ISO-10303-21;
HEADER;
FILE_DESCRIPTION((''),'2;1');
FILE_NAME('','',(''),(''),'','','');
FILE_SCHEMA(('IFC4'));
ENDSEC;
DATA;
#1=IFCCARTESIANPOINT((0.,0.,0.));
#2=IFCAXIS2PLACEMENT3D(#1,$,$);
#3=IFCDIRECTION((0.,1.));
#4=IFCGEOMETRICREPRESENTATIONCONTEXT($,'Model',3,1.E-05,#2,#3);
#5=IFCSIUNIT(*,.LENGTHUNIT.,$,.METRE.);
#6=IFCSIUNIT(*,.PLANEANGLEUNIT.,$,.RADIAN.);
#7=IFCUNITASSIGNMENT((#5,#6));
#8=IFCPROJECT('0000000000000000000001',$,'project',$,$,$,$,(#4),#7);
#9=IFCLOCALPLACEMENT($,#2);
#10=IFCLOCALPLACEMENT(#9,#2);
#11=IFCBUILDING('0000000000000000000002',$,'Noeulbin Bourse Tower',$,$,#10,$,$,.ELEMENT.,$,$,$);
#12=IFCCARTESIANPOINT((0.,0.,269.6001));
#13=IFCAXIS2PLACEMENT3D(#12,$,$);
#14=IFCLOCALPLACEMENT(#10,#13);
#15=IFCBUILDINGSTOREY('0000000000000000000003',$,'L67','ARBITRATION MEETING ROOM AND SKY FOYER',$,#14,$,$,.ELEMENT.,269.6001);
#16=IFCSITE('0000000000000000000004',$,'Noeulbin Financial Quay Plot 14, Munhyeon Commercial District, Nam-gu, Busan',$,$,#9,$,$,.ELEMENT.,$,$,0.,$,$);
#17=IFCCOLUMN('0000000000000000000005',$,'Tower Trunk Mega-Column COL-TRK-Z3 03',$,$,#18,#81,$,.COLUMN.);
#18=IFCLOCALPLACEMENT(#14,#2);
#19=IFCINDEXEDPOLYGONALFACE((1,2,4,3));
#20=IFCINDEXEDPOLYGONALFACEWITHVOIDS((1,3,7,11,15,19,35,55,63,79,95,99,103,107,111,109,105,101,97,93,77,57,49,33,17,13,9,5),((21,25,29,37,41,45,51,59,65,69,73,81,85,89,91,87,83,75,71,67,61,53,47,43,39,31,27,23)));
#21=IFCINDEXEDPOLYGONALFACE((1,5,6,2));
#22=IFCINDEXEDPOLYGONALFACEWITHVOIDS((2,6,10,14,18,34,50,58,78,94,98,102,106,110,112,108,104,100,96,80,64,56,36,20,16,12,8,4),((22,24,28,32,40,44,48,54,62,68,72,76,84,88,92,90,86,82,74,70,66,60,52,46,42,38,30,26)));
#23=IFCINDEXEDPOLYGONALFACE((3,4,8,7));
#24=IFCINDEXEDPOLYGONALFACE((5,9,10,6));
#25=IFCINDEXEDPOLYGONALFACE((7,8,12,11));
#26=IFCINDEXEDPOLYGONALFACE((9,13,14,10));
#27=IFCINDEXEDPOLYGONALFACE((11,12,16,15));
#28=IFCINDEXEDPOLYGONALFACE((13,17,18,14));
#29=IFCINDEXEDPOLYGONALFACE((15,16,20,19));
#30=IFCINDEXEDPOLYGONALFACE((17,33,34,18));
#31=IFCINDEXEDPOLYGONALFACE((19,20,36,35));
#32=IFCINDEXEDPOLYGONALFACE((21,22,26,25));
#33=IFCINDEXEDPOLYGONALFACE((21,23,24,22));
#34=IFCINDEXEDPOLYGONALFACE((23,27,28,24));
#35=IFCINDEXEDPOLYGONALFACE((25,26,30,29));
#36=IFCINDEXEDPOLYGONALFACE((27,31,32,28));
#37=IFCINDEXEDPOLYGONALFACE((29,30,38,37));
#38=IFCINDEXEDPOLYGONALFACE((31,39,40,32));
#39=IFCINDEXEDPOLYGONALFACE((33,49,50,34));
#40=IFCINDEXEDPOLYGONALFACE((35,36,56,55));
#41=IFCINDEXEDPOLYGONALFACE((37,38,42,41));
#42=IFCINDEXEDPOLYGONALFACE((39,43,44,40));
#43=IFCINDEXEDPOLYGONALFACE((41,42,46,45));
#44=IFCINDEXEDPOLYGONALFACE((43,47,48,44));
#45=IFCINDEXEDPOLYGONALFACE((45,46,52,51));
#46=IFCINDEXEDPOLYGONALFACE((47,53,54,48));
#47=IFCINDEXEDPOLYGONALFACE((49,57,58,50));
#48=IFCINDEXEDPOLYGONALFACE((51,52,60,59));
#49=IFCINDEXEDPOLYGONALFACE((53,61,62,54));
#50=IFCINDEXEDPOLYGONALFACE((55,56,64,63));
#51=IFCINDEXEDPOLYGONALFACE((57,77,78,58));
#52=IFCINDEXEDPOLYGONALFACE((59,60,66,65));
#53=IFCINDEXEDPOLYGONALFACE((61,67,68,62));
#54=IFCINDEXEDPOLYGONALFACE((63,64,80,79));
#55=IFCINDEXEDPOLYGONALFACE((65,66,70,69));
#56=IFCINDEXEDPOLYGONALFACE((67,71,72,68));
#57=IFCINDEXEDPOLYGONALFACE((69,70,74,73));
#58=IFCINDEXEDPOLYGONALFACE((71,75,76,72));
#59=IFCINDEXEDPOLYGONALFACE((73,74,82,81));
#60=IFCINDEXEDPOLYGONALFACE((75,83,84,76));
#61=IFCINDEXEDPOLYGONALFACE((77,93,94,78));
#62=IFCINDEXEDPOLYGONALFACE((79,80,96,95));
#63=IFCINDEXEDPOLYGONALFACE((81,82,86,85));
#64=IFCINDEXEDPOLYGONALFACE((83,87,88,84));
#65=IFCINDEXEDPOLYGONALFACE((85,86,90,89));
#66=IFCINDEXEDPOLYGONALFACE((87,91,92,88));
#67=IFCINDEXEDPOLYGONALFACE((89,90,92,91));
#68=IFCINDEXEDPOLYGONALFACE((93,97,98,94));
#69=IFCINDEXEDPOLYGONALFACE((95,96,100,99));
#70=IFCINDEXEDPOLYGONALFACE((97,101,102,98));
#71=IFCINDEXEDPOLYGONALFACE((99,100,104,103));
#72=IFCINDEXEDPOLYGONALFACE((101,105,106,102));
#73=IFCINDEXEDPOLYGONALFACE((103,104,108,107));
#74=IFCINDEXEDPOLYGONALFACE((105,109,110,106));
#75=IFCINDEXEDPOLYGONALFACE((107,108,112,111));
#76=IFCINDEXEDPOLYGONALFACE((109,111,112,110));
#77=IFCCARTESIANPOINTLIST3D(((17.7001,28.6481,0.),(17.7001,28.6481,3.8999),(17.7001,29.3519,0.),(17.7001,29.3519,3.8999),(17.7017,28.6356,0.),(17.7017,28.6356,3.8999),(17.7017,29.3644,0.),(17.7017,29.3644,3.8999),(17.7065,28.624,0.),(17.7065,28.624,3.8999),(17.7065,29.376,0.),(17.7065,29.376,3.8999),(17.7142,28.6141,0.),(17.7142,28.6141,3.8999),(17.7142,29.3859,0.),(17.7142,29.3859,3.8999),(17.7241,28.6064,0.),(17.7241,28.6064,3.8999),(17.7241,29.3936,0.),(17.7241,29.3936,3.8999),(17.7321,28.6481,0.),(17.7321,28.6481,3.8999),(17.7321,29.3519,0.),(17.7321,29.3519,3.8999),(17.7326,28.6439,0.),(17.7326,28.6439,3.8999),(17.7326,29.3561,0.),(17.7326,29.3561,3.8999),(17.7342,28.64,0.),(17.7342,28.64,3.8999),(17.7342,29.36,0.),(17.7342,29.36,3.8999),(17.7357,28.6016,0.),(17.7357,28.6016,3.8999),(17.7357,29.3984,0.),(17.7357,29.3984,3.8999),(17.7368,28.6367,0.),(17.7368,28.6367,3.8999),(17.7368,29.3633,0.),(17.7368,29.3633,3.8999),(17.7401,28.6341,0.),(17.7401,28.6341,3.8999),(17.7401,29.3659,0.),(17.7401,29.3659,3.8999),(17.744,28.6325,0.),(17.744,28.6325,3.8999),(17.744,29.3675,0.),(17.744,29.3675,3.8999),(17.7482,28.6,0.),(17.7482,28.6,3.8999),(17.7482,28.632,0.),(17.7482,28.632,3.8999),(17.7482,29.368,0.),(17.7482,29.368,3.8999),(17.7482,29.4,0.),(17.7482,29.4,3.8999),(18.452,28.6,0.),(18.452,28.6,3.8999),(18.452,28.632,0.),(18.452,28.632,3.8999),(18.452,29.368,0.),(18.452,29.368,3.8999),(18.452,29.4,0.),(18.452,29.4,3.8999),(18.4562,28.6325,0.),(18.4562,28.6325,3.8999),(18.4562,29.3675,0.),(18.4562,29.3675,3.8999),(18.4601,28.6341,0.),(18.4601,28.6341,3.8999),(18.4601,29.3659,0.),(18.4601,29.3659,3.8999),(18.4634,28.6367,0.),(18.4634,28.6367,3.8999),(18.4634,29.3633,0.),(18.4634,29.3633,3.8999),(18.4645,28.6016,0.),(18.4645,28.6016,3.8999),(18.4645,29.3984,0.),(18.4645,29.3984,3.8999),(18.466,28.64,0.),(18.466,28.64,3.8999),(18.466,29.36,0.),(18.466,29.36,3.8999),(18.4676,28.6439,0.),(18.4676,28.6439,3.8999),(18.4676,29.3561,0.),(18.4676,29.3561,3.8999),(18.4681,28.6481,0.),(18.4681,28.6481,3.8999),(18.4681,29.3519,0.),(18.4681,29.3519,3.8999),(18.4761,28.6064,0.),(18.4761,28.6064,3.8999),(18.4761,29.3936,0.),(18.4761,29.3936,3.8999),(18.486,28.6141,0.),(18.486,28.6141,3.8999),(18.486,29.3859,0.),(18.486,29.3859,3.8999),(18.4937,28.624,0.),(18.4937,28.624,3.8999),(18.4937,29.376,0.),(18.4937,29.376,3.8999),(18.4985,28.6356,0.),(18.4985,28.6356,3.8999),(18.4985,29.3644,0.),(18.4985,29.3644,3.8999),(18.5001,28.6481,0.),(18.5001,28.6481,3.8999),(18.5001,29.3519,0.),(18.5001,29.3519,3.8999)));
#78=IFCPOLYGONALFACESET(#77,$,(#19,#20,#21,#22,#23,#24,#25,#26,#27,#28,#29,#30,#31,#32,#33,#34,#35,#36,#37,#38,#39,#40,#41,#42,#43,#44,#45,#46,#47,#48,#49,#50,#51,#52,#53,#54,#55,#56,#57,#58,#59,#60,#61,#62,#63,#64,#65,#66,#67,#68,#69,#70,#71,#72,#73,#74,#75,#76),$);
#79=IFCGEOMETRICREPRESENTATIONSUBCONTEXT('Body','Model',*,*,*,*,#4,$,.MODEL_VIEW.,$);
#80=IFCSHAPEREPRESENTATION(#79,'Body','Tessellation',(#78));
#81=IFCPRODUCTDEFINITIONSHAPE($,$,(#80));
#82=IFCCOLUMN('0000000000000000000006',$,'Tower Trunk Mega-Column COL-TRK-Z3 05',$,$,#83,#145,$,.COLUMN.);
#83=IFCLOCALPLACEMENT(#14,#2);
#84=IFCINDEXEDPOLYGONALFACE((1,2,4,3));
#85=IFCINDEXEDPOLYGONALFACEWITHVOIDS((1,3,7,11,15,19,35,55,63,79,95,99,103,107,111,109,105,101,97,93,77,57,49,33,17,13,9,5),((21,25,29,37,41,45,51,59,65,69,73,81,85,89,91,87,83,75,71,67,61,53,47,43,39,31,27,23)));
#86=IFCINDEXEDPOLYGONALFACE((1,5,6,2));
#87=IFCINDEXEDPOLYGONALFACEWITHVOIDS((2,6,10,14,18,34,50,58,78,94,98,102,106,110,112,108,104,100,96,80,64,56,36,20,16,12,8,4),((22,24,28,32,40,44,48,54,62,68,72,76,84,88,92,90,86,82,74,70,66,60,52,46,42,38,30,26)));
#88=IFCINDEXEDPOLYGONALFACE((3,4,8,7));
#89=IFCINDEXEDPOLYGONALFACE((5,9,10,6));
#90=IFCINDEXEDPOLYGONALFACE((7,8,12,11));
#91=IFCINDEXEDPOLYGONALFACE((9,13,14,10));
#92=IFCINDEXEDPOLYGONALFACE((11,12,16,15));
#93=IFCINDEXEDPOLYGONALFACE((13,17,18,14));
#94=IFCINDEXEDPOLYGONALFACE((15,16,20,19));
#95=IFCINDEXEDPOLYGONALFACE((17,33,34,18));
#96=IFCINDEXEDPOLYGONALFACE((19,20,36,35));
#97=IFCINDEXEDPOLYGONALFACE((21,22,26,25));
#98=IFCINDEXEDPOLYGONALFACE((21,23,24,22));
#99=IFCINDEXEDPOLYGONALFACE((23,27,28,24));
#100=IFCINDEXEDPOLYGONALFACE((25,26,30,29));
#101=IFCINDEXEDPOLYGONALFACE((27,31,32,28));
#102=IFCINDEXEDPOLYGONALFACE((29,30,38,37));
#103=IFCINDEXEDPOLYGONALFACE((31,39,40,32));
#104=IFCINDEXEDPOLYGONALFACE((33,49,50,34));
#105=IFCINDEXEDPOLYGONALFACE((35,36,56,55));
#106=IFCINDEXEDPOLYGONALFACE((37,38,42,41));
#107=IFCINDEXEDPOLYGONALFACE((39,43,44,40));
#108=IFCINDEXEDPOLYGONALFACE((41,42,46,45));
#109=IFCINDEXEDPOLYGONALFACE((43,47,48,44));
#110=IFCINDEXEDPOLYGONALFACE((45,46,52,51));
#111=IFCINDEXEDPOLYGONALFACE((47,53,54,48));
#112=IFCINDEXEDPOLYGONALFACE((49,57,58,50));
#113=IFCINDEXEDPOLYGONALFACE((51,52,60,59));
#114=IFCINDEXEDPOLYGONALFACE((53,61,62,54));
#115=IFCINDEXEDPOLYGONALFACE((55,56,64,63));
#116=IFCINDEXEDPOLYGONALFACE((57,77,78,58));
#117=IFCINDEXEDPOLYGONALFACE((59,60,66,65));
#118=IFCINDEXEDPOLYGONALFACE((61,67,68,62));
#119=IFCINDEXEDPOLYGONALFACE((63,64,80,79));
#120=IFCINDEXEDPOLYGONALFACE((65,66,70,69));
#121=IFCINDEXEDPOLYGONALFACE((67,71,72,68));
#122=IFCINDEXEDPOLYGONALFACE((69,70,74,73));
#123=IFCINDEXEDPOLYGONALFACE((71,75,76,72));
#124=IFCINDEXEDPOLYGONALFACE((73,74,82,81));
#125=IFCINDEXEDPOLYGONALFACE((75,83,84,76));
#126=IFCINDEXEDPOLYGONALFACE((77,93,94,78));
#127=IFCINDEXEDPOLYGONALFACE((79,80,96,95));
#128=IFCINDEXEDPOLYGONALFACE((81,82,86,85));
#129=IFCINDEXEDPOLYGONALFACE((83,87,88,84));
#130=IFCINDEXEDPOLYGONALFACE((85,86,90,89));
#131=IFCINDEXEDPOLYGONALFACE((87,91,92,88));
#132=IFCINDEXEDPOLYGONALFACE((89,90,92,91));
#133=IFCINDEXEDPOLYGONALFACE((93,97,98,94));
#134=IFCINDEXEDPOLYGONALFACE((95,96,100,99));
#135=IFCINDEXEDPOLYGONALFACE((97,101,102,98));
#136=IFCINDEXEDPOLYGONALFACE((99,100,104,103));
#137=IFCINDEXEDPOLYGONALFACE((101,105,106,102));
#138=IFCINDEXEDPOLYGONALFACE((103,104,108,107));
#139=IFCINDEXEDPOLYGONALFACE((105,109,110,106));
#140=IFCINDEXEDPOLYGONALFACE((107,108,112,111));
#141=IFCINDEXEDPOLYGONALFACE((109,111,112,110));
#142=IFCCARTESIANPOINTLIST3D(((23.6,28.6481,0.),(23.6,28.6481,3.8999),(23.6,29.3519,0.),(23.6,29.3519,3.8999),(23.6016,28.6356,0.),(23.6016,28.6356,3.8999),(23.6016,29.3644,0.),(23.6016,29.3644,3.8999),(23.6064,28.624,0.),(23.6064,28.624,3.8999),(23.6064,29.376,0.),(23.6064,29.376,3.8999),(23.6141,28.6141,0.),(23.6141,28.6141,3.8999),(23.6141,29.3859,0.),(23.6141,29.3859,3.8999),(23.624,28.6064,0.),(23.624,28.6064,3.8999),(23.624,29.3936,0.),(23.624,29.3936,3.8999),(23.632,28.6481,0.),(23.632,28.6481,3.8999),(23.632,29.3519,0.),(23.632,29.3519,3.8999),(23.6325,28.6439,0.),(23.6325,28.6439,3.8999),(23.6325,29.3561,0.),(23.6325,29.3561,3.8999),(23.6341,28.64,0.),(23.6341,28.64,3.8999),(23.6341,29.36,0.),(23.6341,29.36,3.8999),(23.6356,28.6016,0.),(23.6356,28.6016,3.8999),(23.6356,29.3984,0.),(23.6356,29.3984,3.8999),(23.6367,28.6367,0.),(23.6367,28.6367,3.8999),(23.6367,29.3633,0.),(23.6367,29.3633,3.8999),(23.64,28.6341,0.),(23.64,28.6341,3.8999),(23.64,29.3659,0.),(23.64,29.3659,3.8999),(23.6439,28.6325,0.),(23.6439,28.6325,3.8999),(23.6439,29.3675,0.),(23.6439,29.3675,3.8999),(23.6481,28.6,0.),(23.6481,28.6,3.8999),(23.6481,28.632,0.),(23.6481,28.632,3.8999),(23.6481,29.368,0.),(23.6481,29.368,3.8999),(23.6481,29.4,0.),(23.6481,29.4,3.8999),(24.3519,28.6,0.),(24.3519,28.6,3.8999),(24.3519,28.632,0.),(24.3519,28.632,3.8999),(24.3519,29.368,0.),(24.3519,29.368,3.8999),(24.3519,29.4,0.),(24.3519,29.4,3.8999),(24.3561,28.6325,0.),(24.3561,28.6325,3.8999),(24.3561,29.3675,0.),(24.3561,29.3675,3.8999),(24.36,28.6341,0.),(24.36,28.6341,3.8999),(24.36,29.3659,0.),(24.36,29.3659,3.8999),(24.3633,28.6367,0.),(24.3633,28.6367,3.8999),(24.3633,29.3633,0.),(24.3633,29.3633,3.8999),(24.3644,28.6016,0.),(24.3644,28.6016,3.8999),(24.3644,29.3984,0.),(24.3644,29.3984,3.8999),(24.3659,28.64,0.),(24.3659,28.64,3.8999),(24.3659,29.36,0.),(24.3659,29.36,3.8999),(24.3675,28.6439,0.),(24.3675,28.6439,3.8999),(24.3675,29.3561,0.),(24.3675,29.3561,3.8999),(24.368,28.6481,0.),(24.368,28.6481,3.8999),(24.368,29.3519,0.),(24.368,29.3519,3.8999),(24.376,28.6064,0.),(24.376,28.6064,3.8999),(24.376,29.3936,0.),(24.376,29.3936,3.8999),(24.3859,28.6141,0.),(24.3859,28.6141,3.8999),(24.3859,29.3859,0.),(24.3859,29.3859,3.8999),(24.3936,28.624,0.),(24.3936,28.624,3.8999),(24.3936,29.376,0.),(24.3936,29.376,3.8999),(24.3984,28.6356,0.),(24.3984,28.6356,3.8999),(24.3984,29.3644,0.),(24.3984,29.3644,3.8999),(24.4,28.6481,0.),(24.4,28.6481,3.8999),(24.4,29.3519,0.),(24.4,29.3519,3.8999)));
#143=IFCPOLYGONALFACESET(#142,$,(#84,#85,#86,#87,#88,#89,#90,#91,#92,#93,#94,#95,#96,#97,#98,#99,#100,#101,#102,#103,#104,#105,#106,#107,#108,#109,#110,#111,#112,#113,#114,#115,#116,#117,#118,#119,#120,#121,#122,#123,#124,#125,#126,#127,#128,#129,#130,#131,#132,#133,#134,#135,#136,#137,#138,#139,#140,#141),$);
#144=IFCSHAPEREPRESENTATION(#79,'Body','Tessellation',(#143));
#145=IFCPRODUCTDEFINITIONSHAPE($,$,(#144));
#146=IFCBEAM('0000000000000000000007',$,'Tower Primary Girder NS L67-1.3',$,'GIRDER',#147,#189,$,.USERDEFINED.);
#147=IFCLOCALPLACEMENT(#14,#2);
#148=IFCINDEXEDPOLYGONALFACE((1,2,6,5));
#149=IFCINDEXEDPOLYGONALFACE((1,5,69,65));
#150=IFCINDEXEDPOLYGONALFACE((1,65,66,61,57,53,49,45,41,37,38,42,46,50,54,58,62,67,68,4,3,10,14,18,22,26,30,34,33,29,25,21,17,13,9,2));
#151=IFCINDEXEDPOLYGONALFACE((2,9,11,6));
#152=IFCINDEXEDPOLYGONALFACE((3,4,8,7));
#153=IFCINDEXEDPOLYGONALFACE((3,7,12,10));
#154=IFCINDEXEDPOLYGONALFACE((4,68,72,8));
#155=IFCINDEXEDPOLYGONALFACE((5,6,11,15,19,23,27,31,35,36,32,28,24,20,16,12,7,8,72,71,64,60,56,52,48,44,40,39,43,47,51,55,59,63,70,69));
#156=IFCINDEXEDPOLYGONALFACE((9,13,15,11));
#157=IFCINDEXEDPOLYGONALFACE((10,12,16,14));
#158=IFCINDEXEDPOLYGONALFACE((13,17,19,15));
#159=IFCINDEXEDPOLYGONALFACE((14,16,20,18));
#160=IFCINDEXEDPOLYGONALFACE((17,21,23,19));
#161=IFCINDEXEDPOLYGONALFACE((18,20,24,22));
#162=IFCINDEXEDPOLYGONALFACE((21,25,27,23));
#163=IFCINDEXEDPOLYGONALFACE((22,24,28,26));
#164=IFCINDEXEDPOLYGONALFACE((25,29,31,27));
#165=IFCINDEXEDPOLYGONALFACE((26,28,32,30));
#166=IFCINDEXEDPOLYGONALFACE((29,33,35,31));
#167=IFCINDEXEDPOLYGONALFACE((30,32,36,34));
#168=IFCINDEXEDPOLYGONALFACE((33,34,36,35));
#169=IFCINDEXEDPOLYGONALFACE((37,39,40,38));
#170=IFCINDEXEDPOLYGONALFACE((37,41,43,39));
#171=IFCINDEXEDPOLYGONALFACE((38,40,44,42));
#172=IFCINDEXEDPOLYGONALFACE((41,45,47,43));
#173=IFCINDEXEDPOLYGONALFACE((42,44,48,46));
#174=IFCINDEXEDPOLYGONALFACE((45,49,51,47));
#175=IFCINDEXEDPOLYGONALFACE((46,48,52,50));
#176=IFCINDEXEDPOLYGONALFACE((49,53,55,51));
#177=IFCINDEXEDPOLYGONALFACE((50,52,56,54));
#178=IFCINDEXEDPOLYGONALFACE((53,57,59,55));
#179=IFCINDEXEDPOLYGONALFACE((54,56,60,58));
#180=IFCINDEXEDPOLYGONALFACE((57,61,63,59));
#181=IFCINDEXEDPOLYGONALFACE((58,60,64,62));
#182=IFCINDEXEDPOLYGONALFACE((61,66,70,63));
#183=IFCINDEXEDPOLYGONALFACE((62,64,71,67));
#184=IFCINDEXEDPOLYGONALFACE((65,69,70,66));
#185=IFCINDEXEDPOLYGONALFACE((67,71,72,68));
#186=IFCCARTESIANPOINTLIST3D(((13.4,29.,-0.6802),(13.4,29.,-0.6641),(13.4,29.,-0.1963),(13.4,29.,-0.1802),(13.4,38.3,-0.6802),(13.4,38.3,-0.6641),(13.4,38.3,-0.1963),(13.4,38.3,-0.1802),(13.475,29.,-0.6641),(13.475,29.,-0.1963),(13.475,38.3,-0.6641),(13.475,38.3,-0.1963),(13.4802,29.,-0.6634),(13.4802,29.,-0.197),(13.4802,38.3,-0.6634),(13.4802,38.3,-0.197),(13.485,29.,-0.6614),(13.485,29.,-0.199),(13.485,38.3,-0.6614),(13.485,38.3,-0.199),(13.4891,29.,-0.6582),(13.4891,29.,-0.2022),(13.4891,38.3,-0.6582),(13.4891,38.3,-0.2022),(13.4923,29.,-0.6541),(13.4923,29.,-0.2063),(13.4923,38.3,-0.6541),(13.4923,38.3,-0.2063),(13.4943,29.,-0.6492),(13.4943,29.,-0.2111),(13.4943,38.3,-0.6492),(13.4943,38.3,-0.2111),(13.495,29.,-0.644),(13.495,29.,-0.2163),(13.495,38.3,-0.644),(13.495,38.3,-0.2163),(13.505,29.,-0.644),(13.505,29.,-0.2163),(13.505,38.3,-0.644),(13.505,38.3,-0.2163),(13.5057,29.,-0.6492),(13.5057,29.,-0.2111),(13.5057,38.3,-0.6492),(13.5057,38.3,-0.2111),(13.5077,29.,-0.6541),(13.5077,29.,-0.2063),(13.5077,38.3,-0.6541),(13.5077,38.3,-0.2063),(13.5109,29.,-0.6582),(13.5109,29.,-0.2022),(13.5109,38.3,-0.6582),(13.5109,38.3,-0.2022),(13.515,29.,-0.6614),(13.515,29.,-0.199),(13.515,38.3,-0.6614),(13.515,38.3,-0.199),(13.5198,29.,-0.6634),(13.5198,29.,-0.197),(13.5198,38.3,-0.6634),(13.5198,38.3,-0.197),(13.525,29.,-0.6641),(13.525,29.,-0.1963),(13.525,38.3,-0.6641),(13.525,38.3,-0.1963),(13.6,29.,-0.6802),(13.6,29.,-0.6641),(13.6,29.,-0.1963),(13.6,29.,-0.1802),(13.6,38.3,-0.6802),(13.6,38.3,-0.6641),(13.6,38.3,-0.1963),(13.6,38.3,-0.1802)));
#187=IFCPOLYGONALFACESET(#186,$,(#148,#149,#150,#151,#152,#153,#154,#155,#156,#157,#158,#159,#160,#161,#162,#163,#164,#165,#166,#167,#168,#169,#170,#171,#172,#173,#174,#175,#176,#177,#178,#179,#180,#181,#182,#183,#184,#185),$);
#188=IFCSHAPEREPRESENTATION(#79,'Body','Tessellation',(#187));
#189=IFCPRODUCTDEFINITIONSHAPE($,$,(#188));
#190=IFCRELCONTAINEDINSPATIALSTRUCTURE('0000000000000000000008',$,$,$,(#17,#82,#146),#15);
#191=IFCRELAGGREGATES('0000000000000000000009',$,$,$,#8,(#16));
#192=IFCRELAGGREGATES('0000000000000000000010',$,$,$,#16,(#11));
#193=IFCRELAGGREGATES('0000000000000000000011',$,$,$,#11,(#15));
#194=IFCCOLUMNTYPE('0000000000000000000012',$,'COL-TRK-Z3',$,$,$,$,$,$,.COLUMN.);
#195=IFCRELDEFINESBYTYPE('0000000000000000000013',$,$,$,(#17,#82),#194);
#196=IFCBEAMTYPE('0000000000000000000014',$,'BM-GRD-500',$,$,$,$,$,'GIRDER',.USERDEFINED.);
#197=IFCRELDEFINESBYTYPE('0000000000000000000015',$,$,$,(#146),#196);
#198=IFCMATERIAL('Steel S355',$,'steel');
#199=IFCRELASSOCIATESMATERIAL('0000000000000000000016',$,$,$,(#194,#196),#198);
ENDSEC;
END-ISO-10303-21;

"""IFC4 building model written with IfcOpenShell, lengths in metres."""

from ifc_helpers import new_model, si_unit, direction, frame, origin, origin_2d, place, context, subcontext, project, spatial, hollow_rectangle, i_section, extrude, material, material_profile, profile_set, type_object, element, save


model = new_model("IFC4")

# Units and contexts
model_context = context("Model", 3, precision=1e-05, world=origin(), true_north=direction((0.0, 1.0)))
body_context = subcontext(model_context, "Body", "Model", "MODEL_VIEW")
ifc_project = project(units=[si_unit("LENGTHUNIT", "METRE"), si_unit("PLANEANGLEUNIT", "RADIAN")], contexts=[model_context])

# Site, building, storey
site_placement = place(None, origin())
site = spatial("IfcSite", under=ifc_project, at=site_placement, Name="Noeulbin Financial Quay Plot 14, Munhyeon Commercial District, Nam-gu, Busan", CompositionType="ELEMENT", RefElevation=0.0)
building_placement = place(site_placement, origin())
building = spatial("IfcBuilding", under=site, at=building_placement, Name="Noeulbin Bourse Tower", CompositionType="ELEMENT")
storey_placement = place(building_placement, frame((0.0, 0.0, 269.6001)))
storey = spatial("IfcBuildingStorey", under=building, at=storey_placement, Name="L67", Description="ARBITRATION MEETING ROOM AND SKY FOYER", CompositionType="ELEMENT", Elevation=269.6001)

# Columns
ifc_material_1 = material(Name="Steel S355", Category="steel")
ifc_material_profile_1 = material_profile(ifc_material_1, hollow_rectangle(XDim=0.8, YDim=0.8, WallThickness=0.032, InnerFilletRadius=0.0161, OuterFilletRadius=0.0481, at=origin_2d()), Name="BOX-800x800x32", Category="LoadBearing")
ifc_profile_set_1 = profile_set([ifc_material_profile_1], Name="Steel S355")
column_type = type_object("IfcColumnType", Name="COL-TRK-Z3", PredefinedType="COLUMN", material=ifc_profile_set_1)
for number, where, z_axis, x_axis, name in (
    (1, (18.1001, 29.0, 0.0), (0.0, 0.0, 1.0), (1.0, 0.0, 0.0), "Tower Trunk Mega-Column COL-TRK-Z3 03"),
    (2, (24.0, 29.0, 0.0), (0.0, 0.0, 1.0), (1.0, 0.0, 0.0), "Tower Trunk Mega-Column COL-TRK-Z3 05"),
):
    element("IfcColumn", number, at=place(storey_placement, frame(where, z_axis=z_axis, x_axis=x_axis)), inside=storey, type_object=column_type, Name=name, PredefinedType="COLUMN", context=body_context, shape_type="SweptSolid", body=[
        extrude(hollow_rectangle(XDim=0.8, YDim=0.8, WallThickness=0.032, InnerFilletRadius=0.0161, OuterFilletRadius=0.0481, at=origin_2d()), origin(), (0.0, 0.0, 1.0), 3.8999),
    ])

# Beam
ifc_material_profile_2 = material_profile(ifc_material_1, i_section(OverallWidth=0.2, OverallDepth=0.5, WebThickness=0.01, FlangeThickness=0.0161, FilletRadius=0.02, at=origin_2d()), Name="H-500x200x10x16", Category="LoadBearing")
ifc_profile_set_2 = profile_set([ifc_material_profile_2], Name="Steel S355")
beam_type_1 = type_object("IfcBeamType", Name="BM-GRD-500", ElementType="GIRDER", PredefinedType="USERDEFINED", material=ifc_profile_set_2)
beam_placement = place(storey_placement, frame((13.5, 29.0, -0.4302), z_axis=(0.0, 1.0, 0.0), x_axis=(-1.0, 0.0, 0.0)))
element("IfcBeam", 3, at=beam_placement, inside=storey, type_object=beam_type_1, Name="Tower Primary Girder NS L67-1.3", ObjectType="GIRDER", PredefinedType="USERDEFINED", context=body_context, shape_type="SweptSolid", body=[
    extrude(i_section(OverallWidth=0.2, OverallDepth=0.5, WebThickness=0.01, FlangeThickness=0.0161, FilletRadius=0.02, at=origin_2d()), origin(), (0.0, 0.0, 1.0), 9.3),
])

save(model, "model.ifc")
